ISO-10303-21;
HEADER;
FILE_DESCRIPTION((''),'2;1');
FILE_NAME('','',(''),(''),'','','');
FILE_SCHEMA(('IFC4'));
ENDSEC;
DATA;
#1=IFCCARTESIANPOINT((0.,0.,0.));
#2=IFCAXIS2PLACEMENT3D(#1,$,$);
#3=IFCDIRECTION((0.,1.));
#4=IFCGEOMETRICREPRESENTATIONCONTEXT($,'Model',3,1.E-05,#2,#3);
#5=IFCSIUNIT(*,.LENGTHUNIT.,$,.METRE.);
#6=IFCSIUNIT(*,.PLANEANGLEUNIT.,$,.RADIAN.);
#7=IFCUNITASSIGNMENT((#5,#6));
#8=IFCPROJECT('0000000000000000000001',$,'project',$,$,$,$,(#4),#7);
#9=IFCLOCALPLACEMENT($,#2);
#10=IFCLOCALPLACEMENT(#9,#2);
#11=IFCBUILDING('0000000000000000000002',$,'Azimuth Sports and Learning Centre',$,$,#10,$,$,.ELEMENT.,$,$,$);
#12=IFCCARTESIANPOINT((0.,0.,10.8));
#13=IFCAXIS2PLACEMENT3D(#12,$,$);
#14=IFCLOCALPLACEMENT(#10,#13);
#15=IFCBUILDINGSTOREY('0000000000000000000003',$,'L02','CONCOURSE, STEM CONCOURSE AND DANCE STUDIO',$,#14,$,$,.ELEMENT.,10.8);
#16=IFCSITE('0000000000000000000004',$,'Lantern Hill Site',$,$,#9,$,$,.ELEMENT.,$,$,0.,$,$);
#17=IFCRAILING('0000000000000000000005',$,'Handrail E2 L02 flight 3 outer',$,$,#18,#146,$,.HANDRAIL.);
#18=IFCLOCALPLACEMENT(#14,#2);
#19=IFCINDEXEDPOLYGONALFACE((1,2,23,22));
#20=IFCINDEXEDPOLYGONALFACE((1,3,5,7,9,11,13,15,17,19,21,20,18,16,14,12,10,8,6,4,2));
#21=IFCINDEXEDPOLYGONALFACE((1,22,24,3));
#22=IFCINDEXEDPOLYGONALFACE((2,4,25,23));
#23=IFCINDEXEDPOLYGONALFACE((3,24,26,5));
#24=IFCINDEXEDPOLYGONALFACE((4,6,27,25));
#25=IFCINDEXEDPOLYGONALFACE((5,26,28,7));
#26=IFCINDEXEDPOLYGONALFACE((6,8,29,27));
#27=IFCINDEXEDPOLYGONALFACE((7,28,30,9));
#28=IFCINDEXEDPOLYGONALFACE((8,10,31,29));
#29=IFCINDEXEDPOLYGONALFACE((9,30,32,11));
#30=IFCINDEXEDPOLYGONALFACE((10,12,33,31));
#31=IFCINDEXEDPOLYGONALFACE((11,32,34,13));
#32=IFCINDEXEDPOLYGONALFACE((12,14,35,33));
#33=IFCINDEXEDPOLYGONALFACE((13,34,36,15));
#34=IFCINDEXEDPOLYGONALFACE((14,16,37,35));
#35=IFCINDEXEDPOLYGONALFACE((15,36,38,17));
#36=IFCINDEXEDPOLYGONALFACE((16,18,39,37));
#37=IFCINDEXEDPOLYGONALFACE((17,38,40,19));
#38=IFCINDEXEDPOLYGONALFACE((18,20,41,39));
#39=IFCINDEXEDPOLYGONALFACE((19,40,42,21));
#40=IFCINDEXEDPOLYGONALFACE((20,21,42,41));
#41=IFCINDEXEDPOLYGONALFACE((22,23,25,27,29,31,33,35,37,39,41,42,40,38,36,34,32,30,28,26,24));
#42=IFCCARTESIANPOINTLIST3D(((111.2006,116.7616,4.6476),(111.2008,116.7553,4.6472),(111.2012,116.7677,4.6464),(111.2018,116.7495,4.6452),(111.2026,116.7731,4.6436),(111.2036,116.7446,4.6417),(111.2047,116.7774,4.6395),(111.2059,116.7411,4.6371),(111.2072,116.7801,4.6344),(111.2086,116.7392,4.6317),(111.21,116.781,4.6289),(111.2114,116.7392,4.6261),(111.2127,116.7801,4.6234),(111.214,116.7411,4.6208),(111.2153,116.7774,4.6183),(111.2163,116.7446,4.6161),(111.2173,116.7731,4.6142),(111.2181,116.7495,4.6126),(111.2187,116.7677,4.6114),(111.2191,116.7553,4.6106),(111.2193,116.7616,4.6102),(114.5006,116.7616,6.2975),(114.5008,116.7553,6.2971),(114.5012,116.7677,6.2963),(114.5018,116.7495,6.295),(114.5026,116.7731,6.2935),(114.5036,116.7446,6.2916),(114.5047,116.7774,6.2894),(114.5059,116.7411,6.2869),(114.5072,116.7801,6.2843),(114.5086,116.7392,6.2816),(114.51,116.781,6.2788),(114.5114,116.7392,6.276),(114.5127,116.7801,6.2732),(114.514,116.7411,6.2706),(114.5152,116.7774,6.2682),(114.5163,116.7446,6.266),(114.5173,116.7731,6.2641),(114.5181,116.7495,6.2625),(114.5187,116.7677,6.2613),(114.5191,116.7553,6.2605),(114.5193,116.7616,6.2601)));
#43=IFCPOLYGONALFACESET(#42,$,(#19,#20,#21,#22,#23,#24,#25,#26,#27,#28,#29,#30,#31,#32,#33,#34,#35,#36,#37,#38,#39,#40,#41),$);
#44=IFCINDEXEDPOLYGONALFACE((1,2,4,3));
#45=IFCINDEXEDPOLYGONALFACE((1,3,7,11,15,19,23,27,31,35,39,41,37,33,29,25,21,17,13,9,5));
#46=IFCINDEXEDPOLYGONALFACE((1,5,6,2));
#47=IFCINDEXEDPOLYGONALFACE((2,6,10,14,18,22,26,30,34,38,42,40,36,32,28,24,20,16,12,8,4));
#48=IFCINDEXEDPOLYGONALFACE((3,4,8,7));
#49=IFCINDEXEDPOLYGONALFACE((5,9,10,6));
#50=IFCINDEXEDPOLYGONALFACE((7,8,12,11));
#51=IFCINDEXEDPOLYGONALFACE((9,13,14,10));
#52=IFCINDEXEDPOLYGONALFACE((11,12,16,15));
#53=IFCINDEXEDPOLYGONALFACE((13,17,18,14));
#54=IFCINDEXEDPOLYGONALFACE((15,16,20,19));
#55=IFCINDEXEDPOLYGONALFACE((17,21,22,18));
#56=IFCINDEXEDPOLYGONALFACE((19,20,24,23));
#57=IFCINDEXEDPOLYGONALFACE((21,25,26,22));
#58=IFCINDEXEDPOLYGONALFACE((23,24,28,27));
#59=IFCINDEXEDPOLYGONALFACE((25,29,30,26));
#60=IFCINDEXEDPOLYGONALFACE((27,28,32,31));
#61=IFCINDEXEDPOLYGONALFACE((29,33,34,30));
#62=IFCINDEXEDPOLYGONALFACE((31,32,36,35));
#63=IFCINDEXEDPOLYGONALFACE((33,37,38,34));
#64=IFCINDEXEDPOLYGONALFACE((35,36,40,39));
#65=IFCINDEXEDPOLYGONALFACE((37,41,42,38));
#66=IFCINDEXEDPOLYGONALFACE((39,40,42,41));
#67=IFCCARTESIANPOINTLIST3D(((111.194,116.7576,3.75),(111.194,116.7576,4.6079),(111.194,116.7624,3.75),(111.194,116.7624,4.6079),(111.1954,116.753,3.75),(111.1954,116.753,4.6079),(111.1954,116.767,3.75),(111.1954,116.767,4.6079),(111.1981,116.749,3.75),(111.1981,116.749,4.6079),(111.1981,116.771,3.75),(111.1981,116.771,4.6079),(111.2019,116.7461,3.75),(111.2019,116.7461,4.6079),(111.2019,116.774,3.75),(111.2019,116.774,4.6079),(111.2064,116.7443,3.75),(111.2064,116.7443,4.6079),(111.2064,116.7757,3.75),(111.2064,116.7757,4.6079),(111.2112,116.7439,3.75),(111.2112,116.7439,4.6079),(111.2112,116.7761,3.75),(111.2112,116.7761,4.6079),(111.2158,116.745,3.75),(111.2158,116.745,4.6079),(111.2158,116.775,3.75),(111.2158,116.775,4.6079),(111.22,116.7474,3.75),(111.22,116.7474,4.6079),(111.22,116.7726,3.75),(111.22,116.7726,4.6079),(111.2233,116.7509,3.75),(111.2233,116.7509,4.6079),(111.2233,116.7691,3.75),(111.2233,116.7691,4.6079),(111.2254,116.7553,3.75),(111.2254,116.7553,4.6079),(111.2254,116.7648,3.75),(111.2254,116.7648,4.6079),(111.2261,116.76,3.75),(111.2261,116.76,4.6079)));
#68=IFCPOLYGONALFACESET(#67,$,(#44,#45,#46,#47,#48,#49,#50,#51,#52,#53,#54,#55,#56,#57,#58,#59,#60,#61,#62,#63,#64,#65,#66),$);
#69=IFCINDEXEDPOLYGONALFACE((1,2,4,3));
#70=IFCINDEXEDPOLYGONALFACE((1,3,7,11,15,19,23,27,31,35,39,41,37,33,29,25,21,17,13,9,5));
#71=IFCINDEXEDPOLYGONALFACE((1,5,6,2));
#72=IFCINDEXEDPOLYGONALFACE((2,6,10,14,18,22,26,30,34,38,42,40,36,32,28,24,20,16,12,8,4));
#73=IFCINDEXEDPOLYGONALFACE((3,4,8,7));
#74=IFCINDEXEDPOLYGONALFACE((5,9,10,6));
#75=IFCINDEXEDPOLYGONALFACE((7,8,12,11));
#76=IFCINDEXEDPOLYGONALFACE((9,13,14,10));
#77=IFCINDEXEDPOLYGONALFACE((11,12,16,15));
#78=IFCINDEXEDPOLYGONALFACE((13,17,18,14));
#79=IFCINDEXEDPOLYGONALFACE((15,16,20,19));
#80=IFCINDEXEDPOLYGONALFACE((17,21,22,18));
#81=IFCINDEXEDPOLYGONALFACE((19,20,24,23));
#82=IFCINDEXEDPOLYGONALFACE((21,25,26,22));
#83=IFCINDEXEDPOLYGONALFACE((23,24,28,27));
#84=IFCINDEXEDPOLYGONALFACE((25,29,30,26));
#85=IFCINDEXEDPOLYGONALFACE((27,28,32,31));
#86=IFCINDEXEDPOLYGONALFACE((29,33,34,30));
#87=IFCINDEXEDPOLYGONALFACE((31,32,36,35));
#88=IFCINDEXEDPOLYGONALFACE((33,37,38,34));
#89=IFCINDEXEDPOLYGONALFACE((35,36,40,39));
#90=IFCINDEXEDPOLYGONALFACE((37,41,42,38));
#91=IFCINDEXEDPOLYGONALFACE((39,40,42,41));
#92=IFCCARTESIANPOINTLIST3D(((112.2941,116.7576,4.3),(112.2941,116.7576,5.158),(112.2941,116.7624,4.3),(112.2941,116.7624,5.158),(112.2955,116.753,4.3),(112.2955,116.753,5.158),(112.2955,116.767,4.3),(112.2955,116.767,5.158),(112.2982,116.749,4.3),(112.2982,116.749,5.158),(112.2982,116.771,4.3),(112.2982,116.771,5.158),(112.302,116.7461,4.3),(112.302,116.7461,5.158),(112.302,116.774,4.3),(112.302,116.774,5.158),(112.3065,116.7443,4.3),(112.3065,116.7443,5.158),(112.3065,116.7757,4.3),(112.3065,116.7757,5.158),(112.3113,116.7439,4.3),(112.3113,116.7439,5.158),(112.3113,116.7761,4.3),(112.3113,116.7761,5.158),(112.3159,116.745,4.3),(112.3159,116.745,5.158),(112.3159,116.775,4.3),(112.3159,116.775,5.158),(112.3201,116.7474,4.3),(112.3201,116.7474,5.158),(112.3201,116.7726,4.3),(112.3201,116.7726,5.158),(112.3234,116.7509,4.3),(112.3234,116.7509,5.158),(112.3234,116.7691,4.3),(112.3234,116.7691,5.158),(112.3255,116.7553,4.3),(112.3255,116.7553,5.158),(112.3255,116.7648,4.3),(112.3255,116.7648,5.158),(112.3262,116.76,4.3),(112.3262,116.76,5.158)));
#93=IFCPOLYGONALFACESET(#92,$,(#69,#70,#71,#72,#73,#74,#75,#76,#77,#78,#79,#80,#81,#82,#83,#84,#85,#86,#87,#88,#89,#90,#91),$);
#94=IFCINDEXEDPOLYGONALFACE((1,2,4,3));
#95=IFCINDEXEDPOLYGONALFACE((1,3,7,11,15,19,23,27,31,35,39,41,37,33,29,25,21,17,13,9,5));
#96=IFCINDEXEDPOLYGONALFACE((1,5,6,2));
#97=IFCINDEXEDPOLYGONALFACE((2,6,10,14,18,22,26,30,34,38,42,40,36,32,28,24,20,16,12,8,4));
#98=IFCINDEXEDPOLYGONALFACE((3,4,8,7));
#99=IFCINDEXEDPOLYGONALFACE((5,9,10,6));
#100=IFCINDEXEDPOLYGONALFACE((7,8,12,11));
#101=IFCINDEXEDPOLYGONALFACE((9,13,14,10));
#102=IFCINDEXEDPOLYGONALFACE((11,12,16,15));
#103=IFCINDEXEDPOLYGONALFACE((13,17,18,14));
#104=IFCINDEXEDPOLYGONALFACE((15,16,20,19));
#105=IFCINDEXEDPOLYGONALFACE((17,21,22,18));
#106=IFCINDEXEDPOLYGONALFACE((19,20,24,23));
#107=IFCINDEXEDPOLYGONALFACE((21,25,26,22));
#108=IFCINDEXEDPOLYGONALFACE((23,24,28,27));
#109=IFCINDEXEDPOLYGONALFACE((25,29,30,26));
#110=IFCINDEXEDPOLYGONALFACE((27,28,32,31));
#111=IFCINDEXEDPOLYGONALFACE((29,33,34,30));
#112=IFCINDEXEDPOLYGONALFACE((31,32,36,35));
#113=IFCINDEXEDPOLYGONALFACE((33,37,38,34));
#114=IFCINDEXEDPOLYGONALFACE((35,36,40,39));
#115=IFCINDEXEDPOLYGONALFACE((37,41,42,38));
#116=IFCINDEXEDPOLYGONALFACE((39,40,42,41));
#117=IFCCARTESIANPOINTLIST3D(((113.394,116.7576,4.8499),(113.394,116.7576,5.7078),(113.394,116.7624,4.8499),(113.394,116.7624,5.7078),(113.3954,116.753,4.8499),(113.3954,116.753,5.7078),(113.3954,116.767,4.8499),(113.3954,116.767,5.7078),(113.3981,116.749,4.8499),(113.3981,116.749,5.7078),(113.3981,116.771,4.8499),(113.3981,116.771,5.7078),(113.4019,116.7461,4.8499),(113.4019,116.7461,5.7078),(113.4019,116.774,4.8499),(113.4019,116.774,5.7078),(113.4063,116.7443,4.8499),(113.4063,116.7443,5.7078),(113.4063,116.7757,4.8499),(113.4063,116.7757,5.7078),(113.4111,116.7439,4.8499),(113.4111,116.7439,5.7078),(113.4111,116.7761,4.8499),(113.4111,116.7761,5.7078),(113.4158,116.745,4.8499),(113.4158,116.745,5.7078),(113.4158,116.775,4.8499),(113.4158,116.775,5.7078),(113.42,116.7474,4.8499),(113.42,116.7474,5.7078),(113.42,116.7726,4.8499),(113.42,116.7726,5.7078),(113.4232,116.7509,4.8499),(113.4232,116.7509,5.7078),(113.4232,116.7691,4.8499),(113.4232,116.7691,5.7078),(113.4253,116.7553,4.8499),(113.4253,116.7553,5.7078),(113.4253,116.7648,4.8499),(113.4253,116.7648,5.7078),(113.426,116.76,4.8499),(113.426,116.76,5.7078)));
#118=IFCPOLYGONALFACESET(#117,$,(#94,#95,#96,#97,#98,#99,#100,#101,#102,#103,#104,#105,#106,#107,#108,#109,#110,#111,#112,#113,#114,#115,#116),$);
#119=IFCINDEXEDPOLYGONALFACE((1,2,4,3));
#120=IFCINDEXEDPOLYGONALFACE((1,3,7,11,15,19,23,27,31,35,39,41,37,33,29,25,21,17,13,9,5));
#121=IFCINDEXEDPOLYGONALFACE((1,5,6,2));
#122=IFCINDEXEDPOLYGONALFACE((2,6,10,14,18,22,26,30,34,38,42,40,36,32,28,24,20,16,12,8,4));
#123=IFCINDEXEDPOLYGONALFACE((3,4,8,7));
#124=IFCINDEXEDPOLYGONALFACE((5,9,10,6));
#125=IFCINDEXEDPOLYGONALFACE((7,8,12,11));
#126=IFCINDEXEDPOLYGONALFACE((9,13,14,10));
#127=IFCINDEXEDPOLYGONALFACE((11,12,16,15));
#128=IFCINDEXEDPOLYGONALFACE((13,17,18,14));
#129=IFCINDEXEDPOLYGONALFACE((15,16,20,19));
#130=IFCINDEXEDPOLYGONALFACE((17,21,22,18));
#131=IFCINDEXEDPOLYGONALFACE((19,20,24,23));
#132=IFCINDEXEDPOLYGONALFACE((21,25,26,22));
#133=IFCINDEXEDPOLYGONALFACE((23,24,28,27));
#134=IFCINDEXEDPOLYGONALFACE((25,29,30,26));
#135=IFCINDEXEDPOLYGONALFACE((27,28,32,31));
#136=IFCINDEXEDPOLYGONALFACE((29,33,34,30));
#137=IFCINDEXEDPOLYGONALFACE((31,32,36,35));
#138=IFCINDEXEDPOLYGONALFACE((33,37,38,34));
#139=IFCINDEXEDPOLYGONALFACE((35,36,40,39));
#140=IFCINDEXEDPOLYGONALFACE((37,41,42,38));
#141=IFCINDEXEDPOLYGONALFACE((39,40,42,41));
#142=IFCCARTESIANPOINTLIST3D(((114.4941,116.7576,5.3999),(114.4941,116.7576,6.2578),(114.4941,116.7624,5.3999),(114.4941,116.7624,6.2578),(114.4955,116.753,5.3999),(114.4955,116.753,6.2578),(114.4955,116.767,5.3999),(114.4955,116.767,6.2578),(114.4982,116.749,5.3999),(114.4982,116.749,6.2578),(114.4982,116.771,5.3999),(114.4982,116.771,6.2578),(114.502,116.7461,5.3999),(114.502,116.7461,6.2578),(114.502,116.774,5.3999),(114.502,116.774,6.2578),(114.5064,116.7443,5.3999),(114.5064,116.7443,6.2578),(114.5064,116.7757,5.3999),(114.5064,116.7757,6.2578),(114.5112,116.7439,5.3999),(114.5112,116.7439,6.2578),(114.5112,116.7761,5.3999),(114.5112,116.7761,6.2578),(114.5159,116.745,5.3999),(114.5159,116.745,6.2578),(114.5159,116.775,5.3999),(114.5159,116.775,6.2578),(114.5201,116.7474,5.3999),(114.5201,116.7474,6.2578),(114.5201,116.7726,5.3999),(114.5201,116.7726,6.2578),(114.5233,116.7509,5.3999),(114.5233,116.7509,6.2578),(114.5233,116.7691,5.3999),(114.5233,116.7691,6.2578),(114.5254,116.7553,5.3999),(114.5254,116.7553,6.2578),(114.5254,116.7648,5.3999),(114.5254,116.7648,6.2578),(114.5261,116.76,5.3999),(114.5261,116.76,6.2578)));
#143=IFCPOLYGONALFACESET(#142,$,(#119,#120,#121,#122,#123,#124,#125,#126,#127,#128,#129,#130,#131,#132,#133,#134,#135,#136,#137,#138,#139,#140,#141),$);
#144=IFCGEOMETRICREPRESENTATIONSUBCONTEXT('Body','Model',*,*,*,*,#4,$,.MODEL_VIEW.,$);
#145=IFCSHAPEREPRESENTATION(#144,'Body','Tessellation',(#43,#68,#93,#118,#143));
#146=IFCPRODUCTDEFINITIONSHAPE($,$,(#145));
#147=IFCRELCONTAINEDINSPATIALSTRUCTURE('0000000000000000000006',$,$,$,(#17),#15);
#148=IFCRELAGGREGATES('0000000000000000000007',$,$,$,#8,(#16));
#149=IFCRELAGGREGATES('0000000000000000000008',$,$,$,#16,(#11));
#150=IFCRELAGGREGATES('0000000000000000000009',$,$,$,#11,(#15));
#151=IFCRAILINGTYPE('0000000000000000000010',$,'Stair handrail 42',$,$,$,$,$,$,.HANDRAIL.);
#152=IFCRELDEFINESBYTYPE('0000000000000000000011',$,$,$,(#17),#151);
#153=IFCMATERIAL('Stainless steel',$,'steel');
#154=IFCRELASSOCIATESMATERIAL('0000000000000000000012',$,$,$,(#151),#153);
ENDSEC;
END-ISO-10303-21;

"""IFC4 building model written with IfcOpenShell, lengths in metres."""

from ifc_helpers import new_model, si_unit, direction, frame, origin, origin_2d, place, context, subcontext, project, spatial, circle, extrude, material, type_object, element, save


model = new_model("IFC4")

# Units and contexts
model_context = context("Model", 3, precision=1e-05, world=origin(), true_north=direction((0.0, 1.0)))
body_context = subcontext(model_context, "Body", "Model", "MODEL_VIEW")
ifc_project = project(units=[si_unit("LENGTHUNIT", "METRE"), si_unit("PLANEANGLEUNIT", "RADIAN")], contexts=[model_context])

# Site, building, storey
site_placement = place(None, origin())
site = spatial("IfcSite", under=ifc_project, at=site_placement, Name="Lantern Hill Site", CompositionType="ELEMENT", RefElevation=0.0)
building_placement = place(site_placement, origin())
building = spatial("IfcBuilding", under=site, at=building_placement, Name="Azimuth Sports and Learning Centre", CompositionType="ELEMENT")
storey_placement = place(building_placement, frame((0.0, 0.0, 10.8)))
storey = spatial("IfcBuildingStorey", under=building, at=storey_placement, Name="L02", Description="CONCOURSE, STEM CONCOURSE AND DANCE STUDIO", CompositionType="ELEMENT", Elevation=10.8)

# Railing
ifc_material_1 = material(Name="Stainless steel", Category="steel")
railing_type_1 = type_object("IfcRailingType", Name="Stair handrail 42", PredefinedType="HANDRAIL", material=ifc_material_1)
for number, where, name in (
    (1, (111.21, 116.76, 3.75), "Handrail E2 L02 flight 3 outer"),
):
    element("IfcRailing", number, at=place(storey_placement, frame(where)), inside=storey, type_object=railing_type_1, Name=name, PredefinedType="HANDRAIL", context=body_context, shape_type="SweptSolid", body=[
        extrude(circle(Radius=0.021, at=origin_2d()), frame((0.0, 0.0, 0.8789), z_axis=(0.89444, 0.0, 0.447187), x_axis=(0.0, 1.0, 0.0)), (0.0, 0.0, 1.0), 3.6895),
        extrude(circle(Radius=0.0161, at=origin_2d()), origin(), (0.0, 0.0, 1.0), 0.8579),
        extrude(circle(Radius=0.0161, at=origin_2d()), frame((1.1001, 0.0, 0.55)), (0.0, 0.0, 1.0), 0.8579),
        extrude(circle(Radius=0.0161, at=origin_2d()), frame((2.2, 0.0, 1.0999)), (0.0, 0.0, 1.0), 0.8579),
        extrude(circle(Radius=0.0161, at=origin_2d()), frame((3.3, 0.0, 1.6499)), (0.0, 0.0, 1.0), 0.8579),
    ])

save(model, "model.ifc")
